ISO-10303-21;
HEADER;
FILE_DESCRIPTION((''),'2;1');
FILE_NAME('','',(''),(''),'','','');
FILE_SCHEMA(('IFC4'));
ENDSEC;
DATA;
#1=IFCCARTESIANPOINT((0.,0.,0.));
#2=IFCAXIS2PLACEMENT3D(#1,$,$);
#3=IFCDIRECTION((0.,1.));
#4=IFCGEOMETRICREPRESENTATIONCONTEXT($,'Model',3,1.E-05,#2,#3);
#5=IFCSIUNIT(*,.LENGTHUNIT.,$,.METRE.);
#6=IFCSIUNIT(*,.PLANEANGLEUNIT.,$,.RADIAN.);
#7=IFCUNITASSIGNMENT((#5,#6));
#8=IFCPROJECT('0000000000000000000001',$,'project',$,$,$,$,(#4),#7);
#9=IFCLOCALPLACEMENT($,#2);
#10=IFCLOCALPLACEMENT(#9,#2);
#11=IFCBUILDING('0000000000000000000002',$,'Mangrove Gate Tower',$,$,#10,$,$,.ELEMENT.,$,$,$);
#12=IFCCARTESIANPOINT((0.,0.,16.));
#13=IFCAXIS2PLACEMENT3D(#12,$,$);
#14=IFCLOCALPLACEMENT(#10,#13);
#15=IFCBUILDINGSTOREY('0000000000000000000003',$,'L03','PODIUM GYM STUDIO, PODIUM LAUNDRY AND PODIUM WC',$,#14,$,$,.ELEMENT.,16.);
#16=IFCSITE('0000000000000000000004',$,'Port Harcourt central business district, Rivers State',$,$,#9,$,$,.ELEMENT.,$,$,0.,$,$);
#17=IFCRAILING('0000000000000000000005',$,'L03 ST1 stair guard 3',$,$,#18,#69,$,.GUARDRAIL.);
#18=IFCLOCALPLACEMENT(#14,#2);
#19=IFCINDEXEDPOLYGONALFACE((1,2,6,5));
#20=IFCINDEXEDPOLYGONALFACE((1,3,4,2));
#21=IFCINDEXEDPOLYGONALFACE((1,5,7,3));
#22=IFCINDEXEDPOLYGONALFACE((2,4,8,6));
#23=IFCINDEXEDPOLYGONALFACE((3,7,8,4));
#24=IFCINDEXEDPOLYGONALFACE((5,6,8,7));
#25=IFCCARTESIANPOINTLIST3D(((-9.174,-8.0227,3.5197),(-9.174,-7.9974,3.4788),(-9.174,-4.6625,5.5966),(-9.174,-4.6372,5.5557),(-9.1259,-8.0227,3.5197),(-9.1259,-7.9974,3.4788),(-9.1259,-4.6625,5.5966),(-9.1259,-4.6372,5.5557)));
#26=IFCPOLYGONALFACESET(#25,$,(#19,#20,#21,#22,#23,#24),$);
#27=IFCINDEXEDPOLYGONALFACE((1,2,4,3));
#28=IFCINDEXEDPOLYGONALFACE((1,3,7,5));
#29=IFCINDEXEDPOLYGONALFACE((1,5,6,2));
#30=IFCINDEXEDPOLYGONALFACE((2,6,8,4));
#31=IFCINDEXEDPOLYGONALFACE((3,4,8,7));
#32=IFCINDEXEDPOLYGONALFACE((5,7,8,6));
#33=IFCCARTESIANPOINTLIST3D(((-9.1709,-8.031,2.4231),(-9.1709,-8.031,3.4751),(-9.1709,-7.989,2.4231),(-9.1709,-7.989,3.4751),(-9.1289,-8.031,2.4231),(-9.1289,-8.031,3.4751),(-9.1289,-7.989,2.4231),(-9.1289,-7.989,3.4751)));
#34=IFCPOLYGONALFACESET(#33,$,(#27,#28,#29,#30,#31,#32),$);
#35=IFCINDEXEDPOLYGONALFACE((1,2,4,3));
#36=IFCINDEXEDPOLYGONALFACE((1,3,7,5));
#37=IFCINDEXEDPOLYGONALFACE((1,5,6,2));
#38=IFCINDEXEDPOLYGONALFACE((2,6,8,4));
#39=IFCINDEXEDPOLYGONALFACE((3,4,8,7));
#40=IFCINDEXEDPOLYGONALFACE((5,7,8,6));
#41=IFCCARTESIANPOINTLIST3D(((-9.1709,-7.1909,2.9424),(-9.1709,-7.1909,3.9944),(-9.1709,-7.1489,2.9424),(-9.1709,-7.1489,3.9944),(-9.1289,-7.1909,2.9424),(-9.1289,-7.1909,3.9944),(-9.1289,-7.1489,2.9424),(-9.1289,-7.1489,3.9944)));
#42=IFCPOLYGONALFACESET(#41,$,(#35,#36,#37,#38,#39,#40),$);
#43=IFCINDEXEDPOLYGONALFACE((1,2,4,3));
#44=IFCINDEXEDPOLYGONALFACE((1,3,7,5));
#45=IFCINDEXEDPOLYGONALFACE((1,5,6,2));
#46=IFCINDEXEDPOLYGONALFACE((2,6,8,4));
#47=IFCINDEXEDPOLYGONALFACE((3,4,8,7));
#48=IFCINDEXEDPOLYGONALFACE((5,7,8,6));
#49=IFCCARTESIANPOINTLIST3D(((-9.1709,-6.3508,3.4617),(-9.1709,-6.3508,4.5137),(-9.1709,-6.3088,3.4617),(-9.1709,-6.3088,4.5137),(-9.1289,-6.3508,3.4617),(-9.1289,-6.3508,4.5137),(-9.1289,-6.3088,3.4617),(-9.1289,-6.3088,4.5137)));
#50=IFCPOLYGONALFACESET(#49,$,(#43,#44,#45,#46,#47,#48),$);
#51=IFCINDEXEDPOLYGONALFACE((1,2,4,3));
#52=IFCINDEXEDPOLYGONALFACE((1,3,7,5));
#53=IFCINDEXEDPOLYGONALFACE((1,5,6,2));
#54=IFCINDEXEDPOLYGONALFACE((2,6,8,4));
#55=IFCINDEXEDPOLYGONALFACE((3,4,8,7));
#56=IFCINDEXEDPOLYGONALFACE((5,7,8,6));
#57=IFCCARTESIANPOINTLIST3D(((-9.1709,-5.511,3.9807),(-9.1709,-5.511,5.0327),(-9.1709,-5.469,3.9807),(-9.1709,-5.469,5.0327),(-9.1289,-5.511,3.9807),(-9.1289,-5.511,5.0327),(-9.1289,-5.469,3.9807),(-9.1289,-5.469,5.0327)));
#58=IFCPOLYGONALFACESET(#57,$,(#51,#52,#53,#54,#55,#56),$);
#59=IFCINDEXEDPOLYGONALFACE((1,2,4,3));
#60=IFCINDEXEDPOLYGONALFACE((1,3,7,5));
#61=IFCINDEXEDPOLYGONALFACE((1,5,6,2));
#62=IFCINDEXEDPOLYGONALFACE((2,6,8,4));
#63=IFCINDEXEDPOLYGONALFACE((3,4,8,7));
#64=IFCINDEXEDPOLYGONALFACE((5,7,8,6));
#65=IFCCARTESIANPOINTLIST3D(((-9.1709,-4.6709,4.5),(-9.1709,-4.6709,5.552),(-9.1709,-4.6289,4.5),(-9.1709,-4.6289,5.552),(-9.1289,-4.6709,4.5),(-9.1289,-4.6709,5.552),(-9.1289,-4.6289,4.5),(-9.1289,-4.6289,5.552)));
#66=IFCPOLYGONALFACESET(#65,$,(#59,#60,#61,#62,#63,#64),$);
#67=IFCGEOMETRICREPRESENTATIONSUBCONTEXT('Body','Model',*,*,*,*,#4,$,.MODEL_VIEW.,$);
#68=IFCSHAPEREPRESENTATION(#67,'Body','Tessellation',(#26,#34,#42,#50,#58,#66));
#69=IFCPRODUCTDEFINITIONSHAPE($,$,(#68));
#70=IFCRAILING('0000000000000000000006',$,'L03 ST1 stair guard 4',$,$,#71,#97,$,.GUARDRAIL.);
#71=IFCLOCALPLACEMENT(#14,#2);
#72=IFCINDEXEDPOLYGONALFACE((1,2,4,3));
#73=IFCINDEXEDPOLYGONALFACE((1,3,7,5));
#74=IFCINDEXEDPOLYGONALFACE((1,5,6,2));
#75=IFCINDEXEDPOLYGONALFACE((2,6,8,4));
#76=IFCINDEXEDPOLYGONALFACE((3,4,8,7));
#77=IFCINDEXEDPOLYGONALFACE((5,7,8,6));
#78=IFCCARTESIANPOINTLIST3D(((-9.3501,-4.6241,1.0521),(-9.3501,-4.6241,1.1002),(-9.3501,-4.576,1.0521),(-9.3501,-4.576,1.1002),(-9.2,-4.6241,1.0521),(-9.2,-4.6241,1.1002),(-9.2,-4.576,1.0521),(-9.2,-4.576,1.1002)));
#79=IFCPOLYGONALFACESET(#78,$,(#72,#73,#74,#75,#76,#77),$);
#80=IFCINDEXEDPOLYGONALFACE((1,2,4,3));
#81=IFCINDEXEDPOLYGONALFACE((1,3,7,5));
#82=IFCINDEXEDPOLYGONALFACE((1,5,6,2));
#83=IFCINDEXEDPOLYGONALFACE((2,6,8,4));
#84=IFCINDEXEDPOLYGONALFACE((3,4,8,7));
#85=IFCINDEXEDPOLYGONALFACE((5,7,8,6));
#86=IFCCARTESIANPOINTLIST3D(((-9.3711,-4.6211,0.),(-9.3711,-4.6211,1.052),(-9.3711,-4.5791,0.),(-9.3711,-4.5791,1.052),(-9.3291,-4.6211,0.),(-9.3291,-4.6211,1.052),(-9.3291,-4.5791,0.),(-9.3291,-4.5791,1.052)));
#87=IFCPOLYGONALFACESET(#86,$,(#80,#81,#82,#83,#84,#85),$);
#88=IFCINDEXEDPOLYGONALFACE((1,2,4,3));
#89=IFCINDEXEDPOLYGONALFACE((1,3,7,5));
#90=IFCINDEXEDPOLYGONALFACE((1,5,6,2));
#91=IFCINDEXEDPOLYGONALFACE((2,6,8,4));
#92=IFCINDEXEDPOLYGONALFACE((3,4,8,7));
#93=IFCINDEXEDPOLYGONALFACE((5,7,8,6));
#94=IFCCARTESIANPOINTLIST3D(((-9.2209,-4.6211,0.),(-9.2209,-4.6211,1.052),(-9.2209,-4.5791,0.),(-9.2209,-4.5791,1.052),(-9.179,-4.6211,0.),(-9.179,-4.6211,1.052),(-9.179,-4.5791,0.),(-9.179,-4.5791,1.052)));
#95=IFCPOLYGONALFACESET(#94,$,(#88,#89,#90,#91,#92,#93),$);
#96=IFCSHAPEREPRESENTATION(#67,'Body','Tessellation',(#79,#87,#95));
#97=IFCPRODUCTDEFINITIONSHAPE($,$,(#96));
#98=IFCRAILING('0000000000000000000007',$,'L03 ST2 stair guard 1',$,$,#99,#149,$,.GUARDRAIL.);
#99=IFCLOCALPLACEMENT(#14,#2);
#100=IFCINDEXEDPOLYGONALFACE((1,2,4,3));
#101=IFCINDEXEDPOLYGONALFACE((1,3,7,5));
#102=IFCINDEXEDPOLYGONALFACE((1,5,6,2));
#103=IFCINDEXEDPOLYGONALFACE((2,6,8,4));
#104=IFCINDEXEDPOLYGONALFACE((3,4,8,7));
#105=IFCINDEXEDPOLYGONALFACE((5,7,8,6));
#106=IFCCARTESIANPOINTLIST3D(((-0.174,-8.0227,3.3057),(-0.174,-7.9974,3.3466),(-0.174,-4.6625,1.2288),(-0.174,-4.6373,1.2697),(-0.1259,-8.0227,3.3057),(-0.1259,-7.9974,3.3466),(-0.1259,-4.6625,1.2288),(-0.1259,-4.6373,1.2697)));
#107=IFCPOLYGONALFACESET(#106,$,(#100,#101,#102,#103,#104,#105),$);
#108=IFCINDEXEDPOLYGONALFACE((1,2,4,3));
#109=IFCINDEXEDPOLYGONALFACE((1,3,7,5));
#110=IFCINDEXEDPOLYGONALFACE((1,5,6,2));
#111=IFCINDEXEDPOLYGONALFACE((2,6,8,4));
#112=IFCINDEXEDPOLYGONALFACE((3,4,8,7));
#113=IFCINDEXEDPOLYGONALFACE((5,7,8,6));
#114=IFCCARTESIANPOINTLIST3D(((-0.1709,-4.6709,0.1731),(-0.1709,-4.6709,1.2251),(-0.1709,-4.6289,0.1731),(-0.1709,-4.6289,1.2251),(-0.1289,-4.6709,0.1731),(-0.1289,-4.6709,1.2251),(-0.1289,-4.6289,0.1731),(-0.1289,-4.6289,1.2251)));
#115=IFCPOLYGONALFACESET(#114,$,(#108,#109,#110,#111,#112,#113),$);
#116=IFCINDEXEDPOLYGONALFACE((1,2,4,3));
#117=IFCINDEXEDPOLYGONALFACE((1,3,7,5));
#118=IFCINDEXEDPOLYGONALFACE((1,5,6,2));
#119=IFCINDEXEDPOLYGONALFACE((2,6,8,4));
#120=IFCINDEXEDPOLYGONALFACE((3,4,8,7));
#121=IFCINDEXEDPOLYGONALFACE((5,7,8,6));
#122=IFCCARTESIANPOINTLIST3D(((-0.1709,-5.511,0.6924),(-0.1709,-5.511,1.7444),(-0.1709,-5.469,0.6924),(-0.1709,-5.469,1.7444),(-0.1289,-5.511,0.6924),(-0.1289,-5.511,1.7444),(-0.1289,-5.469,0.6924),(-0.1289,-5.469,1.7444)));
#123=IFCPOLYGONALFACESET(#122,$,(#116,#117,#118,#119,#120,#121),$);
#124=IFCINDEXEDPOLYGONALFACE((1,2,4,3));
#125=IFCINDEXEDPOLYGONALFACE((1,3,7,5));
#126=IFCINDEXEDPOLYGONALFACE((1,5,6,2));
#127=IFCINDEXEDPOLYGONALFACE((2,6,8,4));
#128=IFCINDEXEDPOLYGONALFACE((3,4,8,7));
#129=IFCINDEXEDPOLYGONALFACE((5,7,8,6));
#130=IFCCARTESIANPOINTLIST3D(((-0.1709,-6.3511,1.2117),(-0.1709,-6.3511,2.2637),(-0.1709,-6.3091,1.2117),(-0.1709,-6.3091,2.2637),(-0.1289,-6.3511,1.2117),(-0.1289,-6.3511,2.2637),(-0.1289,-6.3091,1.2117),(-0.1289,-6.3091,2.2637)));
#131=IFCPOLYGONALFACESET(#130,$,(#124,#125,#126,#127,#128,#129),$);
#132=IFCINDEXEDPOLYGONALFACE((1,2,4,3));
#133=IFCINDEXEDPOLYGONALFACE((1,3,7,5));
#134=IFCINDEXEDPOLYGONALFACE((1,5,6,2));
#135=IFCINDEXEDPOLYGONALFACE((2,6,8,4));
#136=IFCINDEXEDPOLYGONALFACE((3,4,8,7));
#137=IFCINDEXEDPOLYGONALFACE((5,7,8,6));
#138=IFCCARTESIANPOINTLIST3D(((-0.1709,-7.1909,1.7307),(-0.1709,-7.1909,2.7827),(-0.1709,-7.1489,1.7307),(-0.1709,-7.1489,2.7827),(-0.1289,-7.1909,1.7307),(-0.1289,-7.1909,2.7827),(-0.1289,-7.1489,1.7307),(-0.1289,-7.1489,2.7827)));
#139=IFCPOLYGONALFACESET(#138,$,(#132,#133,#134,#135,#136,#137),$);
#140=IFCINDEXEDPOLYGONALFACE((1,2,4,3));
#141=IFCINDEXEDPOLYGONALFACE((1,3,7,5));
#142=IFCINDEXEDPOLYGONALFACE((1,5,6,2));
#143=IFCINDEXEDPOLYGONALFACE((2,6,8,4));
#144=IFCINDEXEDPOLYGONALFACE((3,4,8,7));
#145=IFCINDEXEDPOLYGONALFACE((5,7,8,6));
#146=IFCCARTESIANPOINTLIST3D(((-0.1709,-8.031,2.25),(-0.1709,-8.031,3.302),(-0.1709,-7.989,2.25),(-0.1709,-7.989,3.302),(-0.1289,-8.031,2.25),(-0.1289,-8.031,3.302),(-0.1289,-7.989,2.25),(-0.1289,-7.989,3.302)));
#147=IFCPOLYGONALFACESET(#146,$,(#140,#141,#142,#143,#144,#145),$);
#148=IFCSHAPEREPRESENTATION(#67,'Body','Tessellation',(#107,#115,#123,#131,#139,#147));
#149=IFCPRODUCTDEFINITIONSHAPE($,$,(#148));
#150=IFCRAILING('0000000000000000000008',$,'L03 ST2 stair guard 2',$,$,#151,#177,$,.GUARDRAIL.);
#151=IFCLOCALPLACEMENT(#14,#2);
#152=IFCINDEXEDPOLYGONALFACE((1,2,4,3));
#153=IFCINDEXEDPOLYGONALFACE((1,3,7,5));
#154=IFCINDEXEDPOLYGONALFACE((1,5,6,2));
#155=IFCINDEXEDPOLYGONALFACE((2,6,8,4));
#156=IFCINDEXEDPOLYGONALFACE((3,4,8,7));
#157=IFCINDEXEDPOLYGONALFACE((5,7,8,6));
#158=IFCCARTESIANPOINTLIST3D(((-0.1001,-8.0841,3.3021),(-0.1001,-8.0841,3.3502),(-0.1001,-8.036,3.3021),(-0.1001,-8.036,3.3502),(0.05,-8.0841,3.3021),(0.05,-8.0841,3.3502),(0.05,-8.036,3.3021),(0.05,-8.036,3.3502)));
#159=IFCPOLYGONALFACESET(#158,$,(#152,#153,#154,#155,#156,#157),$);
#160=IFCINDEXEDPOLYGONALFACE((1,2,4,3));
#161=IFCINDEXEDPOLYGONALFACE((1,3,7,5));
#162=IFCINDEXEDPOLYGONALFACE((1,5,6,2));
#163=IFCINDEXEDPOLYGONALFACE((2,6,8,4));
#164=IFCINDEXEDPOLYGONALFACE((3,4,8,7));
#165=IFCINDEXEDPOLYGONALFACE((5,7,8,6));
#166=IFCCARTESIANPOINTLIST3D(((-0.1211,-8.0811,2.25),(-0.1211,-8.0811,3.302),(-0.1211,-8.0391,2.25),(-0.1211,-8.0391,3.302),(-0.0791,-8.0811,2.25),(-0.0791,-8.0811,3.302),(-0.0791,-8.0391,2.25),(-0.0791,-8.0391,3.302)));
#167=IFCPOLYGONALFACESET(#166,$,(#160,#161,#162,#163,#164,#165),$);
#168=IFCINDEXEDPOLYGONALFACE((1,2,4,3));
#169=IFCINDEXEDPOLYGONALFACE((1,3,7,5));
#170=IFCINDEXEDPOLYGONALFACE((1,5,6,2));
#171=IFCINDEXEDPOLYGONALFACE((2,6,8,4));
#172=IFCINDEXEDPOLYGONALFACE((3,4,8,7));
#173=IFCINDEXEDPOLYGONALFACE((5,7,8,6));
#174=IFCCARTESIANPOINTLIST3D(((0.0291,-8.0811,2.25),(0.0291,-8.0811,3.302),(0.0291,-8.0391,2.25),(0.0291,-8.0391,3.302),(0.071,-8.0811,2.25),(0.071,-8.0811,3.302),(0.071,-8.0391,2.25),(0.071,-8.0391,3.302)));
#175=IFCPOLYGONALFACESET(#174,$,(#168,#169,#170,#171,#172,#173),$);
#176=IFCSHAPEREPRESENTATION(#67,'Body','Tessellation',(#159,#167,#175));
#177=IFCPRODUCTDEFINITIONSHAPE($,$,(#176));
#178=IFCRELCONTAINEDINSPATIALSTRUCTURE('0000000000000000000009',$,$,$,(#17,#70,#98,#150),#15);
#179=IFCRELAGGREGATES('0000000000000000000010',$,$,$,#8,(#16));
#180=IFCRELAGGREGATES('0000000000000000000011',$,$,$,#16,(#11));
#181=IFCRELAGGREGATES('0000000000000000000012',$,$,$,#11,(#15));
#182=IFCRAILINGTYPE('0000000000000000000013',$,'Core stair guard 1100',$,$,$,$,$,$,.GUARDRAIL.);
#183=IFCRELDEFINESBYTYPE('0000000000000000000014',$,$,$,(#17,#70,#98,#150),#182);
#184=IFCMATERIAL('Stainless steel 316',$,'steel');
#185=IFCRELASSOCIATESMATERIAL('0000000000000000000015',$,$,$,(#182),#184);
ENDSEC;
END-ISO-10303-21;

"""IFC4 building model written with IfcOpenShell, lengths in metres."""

from ifc_helpers import new_model, si_unit, direction, frame, origin, origin_2d, place, context, subcontext, project, spatial, rectangle, extrude, material, type_object, element, save


model = new_model("IFC4")

# Units and contexts
model_context = context("Model", 3, precision=1e-05, world=origin(), true_north=direction((0.0, 1.0)))
body_context = subcontext(model_context, "Body", "Model", "MODEL_VIEW")
ifc_project = project(units=[si_unit("LENGTHUNIT", "METRE"), si_unit("PLANEANGLEUNIT", "RADIAN")], contexts=[model_context])

# Site, building, storey
site_placement = place(None, origin())
site = spatial("IfcSite", under=ifc_project, at=site_placement, Name="Port Harcourt central business district, Rivers State", CompositionType="ELEMENT", RefElevation=0.0)
building_placement = place(site_placement, origin())
building = spatial("IfcBuilding", under=site, at=building_placement, Name="Mangrove Gate Tower", CompositionType="ELEMENT")
storey_placement = place(building_placement, frame((0.0, 0.0, 16.0)))
storey = spatial("IfcBuildingStorey", under=building, at=storey_placement, Name="L03", Description="PODIUM GYM STUDIO, PODIUM LAUNDRY AND PODIUM WC", CompositionType="ELEMENT", Elevation=16.0)

# Railings
ifc_material_1 = material(Name="Stainless steel 316", Category="steel")
railing_type_1 = type_object("IfcRailingType", Name="Core stair guard 1100", PredefinedType="GUARDRAIL", material=ifc_material_1)
railing_1_placement = place(storey_placement, frame((-9.1499, -8.01, 2.4231)))
element("IfcRailing", 1, at=railing_1_placement, inside=storey, type_object=railing_type_1, Name="L03 ST1 stair guard 3", PredefinedType="GUARDRAIL", context=body_context, shape_type="SweptSolid", body=[
    extrude(rectangle(XDim=0.0481, YDim=0.0481, at=origin_2d()), frame((0.0, 0.0, 1.0762), z_axis=(0.0, 0.850623, 0.525776), x_axis=(-1.0, 0.0, 0.0)), (0.0, 0.0, 1.0), 3.9502),
    extrude(rectangle(XDim=0.042, YDim=0.042, at=origin_2d()), origin(), (0.0, 0.0, 1.0), 1.052),
    extrude(rectangle(XDim=0.042, YDim=0.042, at=origin_2d()), frame((0.0, 0.8401, 0.5193)), (0.0, 0.0, 1.0), 1.052),
    extrude(rectangle(XDim=0.042, YDim=0.042, at=origin_2d()), frame((0.0, 1.6802, 1.0386)), (0.0, 0.0, 1.0), 1.052),
    extrude(rectangle(XDim=0.042, YDim=0.042, at=origin_2d()), frame((0.0, 2.52, 1.5576)), (0.0, 0.0, 1.0), 1.052),
    extrude(rectangle(XDim=0.042, YDim=0.042, at=origin_2d()), frame((0.0, 3.3601, 2.0769)), (0.0, 0.0, 1.0), 1.052),
])
railing_2_placement = place(storey_placement, frame((-9.3501, -4.6001, 0.0)))
element("IfcRailing", 2, at=railing_2_placement, inside=storey, type_object=railing_type_1, Name="L03 ST1 stair guard 4", PredefinedType="GUARDRAIL", context=body_context, shape_type="SweptSolid", body=[
    extrude(rectangle(XDim=0.0481, YDim=0.0481, at=origin_2d()), frame((0.0, 0.0, 1.0762), z_axis=(1.0, 0.0, 0.0), x_axis=(0.0, 1.0, 0.0)), (0.0, 0.0, 1.0), 0.1501),
    extrude(rectangle(XDim=0.042, YDim=0.042, at=origin_2d()), origin(), (0.0, 0.0, 1.0), 1.052),
    extrude(rectangle(XDim=0.042, YDim=0.042, at=origin_2d()), frame((0.1501, 0.0, 0.0)), (0.0, 0.0, 1.0), 1.052),
])
railing_3_placement = place(storey_placement, frame((-0.1499, -4.6499, 0.1731)))
element("IfcRailing", 3, at=railing_3_placement, inside=storey, type_object=railing_type_1, Name="L03 ST2 stair guard 1", PredefinedType="GUARDRAIL", context=body_context, shape_type="SweptSolid", body=[
    extrude(rectangle(XDim=0.0481, YDim=0.0481, at=origin_2d()), frame((0.0, 0.0, 1.0762), z_axis=(0.0, -0.850623, 0.525776), x_axis=(1.0, 0.0, 0.0)), (0.0, 0.0, 1.0), 3.9502),
    extrude(rectangle(XDim=0.042, YDim=0.042, at=origin_2d()), origin(), (0.0, 0.0, 1.0), 1.052),
    extrude(rectangle(XDim=0.042, YDim=0.042, at=origin_2d()), frame((0.0, -0.8401, 0.5193)), (0.0, 0.0, 1.0), 1.052),
    extrude(rectangle(XDim=0.042, YDim=0.042, at=origin_2d()), frame((0.0, -1.6802, 1.0386)), (0.0, 0.0, 1.0), 1.052),
    extrude(rectangle(XDim=0.042, YDim=0.042, at=origin_2d()), frame((0.0, -2.52, 1.5576)), (0.0, 0.0, 1.0), 1.052),
    extrude(rectangle(XDim=0.042, YDim=0.042, at=origin_2d()), frame((0.0, -3.3601, 2.0769)), (0.0, 0.0, 1.0), 1.052),
])
railing_4_placement = place(storey_placement, frame((-0.1001, -8.0601, 2.25)))
element("IfcRailing", 4, at=railing_4_placement, inside=storey, type_object=railing_type_1, Name="L03 ST2 stair guard 2", PredefinedType="GUARDRAIL", context=body_context, shape_type="SweptSolid", body=[
    extrude(rectangle(XDim=0.0481, YDim=0.0481, at=origin_2d()), frame((0.0, 0.0, 1.0762), z_axis=(1.0, 0.0, 0.0), x_axis=(0.0, 1.0, 0.0)), (0.0, 0.0, 1.0), 0.1501),
    extrude(rectangle(XDim=0.042, YDim=0.042, at=origin_2d()), origin(), (0.0, 0.0, 1.0), 1.052),
    extrude(rectangle(XDim=0.042, YDim=0.042, at=origin_2d()), frame((0.1501, 0.0, 0.0)), (0.0, 0.0, 1.0), 1.052),
])

save(model, "model.ifc")
